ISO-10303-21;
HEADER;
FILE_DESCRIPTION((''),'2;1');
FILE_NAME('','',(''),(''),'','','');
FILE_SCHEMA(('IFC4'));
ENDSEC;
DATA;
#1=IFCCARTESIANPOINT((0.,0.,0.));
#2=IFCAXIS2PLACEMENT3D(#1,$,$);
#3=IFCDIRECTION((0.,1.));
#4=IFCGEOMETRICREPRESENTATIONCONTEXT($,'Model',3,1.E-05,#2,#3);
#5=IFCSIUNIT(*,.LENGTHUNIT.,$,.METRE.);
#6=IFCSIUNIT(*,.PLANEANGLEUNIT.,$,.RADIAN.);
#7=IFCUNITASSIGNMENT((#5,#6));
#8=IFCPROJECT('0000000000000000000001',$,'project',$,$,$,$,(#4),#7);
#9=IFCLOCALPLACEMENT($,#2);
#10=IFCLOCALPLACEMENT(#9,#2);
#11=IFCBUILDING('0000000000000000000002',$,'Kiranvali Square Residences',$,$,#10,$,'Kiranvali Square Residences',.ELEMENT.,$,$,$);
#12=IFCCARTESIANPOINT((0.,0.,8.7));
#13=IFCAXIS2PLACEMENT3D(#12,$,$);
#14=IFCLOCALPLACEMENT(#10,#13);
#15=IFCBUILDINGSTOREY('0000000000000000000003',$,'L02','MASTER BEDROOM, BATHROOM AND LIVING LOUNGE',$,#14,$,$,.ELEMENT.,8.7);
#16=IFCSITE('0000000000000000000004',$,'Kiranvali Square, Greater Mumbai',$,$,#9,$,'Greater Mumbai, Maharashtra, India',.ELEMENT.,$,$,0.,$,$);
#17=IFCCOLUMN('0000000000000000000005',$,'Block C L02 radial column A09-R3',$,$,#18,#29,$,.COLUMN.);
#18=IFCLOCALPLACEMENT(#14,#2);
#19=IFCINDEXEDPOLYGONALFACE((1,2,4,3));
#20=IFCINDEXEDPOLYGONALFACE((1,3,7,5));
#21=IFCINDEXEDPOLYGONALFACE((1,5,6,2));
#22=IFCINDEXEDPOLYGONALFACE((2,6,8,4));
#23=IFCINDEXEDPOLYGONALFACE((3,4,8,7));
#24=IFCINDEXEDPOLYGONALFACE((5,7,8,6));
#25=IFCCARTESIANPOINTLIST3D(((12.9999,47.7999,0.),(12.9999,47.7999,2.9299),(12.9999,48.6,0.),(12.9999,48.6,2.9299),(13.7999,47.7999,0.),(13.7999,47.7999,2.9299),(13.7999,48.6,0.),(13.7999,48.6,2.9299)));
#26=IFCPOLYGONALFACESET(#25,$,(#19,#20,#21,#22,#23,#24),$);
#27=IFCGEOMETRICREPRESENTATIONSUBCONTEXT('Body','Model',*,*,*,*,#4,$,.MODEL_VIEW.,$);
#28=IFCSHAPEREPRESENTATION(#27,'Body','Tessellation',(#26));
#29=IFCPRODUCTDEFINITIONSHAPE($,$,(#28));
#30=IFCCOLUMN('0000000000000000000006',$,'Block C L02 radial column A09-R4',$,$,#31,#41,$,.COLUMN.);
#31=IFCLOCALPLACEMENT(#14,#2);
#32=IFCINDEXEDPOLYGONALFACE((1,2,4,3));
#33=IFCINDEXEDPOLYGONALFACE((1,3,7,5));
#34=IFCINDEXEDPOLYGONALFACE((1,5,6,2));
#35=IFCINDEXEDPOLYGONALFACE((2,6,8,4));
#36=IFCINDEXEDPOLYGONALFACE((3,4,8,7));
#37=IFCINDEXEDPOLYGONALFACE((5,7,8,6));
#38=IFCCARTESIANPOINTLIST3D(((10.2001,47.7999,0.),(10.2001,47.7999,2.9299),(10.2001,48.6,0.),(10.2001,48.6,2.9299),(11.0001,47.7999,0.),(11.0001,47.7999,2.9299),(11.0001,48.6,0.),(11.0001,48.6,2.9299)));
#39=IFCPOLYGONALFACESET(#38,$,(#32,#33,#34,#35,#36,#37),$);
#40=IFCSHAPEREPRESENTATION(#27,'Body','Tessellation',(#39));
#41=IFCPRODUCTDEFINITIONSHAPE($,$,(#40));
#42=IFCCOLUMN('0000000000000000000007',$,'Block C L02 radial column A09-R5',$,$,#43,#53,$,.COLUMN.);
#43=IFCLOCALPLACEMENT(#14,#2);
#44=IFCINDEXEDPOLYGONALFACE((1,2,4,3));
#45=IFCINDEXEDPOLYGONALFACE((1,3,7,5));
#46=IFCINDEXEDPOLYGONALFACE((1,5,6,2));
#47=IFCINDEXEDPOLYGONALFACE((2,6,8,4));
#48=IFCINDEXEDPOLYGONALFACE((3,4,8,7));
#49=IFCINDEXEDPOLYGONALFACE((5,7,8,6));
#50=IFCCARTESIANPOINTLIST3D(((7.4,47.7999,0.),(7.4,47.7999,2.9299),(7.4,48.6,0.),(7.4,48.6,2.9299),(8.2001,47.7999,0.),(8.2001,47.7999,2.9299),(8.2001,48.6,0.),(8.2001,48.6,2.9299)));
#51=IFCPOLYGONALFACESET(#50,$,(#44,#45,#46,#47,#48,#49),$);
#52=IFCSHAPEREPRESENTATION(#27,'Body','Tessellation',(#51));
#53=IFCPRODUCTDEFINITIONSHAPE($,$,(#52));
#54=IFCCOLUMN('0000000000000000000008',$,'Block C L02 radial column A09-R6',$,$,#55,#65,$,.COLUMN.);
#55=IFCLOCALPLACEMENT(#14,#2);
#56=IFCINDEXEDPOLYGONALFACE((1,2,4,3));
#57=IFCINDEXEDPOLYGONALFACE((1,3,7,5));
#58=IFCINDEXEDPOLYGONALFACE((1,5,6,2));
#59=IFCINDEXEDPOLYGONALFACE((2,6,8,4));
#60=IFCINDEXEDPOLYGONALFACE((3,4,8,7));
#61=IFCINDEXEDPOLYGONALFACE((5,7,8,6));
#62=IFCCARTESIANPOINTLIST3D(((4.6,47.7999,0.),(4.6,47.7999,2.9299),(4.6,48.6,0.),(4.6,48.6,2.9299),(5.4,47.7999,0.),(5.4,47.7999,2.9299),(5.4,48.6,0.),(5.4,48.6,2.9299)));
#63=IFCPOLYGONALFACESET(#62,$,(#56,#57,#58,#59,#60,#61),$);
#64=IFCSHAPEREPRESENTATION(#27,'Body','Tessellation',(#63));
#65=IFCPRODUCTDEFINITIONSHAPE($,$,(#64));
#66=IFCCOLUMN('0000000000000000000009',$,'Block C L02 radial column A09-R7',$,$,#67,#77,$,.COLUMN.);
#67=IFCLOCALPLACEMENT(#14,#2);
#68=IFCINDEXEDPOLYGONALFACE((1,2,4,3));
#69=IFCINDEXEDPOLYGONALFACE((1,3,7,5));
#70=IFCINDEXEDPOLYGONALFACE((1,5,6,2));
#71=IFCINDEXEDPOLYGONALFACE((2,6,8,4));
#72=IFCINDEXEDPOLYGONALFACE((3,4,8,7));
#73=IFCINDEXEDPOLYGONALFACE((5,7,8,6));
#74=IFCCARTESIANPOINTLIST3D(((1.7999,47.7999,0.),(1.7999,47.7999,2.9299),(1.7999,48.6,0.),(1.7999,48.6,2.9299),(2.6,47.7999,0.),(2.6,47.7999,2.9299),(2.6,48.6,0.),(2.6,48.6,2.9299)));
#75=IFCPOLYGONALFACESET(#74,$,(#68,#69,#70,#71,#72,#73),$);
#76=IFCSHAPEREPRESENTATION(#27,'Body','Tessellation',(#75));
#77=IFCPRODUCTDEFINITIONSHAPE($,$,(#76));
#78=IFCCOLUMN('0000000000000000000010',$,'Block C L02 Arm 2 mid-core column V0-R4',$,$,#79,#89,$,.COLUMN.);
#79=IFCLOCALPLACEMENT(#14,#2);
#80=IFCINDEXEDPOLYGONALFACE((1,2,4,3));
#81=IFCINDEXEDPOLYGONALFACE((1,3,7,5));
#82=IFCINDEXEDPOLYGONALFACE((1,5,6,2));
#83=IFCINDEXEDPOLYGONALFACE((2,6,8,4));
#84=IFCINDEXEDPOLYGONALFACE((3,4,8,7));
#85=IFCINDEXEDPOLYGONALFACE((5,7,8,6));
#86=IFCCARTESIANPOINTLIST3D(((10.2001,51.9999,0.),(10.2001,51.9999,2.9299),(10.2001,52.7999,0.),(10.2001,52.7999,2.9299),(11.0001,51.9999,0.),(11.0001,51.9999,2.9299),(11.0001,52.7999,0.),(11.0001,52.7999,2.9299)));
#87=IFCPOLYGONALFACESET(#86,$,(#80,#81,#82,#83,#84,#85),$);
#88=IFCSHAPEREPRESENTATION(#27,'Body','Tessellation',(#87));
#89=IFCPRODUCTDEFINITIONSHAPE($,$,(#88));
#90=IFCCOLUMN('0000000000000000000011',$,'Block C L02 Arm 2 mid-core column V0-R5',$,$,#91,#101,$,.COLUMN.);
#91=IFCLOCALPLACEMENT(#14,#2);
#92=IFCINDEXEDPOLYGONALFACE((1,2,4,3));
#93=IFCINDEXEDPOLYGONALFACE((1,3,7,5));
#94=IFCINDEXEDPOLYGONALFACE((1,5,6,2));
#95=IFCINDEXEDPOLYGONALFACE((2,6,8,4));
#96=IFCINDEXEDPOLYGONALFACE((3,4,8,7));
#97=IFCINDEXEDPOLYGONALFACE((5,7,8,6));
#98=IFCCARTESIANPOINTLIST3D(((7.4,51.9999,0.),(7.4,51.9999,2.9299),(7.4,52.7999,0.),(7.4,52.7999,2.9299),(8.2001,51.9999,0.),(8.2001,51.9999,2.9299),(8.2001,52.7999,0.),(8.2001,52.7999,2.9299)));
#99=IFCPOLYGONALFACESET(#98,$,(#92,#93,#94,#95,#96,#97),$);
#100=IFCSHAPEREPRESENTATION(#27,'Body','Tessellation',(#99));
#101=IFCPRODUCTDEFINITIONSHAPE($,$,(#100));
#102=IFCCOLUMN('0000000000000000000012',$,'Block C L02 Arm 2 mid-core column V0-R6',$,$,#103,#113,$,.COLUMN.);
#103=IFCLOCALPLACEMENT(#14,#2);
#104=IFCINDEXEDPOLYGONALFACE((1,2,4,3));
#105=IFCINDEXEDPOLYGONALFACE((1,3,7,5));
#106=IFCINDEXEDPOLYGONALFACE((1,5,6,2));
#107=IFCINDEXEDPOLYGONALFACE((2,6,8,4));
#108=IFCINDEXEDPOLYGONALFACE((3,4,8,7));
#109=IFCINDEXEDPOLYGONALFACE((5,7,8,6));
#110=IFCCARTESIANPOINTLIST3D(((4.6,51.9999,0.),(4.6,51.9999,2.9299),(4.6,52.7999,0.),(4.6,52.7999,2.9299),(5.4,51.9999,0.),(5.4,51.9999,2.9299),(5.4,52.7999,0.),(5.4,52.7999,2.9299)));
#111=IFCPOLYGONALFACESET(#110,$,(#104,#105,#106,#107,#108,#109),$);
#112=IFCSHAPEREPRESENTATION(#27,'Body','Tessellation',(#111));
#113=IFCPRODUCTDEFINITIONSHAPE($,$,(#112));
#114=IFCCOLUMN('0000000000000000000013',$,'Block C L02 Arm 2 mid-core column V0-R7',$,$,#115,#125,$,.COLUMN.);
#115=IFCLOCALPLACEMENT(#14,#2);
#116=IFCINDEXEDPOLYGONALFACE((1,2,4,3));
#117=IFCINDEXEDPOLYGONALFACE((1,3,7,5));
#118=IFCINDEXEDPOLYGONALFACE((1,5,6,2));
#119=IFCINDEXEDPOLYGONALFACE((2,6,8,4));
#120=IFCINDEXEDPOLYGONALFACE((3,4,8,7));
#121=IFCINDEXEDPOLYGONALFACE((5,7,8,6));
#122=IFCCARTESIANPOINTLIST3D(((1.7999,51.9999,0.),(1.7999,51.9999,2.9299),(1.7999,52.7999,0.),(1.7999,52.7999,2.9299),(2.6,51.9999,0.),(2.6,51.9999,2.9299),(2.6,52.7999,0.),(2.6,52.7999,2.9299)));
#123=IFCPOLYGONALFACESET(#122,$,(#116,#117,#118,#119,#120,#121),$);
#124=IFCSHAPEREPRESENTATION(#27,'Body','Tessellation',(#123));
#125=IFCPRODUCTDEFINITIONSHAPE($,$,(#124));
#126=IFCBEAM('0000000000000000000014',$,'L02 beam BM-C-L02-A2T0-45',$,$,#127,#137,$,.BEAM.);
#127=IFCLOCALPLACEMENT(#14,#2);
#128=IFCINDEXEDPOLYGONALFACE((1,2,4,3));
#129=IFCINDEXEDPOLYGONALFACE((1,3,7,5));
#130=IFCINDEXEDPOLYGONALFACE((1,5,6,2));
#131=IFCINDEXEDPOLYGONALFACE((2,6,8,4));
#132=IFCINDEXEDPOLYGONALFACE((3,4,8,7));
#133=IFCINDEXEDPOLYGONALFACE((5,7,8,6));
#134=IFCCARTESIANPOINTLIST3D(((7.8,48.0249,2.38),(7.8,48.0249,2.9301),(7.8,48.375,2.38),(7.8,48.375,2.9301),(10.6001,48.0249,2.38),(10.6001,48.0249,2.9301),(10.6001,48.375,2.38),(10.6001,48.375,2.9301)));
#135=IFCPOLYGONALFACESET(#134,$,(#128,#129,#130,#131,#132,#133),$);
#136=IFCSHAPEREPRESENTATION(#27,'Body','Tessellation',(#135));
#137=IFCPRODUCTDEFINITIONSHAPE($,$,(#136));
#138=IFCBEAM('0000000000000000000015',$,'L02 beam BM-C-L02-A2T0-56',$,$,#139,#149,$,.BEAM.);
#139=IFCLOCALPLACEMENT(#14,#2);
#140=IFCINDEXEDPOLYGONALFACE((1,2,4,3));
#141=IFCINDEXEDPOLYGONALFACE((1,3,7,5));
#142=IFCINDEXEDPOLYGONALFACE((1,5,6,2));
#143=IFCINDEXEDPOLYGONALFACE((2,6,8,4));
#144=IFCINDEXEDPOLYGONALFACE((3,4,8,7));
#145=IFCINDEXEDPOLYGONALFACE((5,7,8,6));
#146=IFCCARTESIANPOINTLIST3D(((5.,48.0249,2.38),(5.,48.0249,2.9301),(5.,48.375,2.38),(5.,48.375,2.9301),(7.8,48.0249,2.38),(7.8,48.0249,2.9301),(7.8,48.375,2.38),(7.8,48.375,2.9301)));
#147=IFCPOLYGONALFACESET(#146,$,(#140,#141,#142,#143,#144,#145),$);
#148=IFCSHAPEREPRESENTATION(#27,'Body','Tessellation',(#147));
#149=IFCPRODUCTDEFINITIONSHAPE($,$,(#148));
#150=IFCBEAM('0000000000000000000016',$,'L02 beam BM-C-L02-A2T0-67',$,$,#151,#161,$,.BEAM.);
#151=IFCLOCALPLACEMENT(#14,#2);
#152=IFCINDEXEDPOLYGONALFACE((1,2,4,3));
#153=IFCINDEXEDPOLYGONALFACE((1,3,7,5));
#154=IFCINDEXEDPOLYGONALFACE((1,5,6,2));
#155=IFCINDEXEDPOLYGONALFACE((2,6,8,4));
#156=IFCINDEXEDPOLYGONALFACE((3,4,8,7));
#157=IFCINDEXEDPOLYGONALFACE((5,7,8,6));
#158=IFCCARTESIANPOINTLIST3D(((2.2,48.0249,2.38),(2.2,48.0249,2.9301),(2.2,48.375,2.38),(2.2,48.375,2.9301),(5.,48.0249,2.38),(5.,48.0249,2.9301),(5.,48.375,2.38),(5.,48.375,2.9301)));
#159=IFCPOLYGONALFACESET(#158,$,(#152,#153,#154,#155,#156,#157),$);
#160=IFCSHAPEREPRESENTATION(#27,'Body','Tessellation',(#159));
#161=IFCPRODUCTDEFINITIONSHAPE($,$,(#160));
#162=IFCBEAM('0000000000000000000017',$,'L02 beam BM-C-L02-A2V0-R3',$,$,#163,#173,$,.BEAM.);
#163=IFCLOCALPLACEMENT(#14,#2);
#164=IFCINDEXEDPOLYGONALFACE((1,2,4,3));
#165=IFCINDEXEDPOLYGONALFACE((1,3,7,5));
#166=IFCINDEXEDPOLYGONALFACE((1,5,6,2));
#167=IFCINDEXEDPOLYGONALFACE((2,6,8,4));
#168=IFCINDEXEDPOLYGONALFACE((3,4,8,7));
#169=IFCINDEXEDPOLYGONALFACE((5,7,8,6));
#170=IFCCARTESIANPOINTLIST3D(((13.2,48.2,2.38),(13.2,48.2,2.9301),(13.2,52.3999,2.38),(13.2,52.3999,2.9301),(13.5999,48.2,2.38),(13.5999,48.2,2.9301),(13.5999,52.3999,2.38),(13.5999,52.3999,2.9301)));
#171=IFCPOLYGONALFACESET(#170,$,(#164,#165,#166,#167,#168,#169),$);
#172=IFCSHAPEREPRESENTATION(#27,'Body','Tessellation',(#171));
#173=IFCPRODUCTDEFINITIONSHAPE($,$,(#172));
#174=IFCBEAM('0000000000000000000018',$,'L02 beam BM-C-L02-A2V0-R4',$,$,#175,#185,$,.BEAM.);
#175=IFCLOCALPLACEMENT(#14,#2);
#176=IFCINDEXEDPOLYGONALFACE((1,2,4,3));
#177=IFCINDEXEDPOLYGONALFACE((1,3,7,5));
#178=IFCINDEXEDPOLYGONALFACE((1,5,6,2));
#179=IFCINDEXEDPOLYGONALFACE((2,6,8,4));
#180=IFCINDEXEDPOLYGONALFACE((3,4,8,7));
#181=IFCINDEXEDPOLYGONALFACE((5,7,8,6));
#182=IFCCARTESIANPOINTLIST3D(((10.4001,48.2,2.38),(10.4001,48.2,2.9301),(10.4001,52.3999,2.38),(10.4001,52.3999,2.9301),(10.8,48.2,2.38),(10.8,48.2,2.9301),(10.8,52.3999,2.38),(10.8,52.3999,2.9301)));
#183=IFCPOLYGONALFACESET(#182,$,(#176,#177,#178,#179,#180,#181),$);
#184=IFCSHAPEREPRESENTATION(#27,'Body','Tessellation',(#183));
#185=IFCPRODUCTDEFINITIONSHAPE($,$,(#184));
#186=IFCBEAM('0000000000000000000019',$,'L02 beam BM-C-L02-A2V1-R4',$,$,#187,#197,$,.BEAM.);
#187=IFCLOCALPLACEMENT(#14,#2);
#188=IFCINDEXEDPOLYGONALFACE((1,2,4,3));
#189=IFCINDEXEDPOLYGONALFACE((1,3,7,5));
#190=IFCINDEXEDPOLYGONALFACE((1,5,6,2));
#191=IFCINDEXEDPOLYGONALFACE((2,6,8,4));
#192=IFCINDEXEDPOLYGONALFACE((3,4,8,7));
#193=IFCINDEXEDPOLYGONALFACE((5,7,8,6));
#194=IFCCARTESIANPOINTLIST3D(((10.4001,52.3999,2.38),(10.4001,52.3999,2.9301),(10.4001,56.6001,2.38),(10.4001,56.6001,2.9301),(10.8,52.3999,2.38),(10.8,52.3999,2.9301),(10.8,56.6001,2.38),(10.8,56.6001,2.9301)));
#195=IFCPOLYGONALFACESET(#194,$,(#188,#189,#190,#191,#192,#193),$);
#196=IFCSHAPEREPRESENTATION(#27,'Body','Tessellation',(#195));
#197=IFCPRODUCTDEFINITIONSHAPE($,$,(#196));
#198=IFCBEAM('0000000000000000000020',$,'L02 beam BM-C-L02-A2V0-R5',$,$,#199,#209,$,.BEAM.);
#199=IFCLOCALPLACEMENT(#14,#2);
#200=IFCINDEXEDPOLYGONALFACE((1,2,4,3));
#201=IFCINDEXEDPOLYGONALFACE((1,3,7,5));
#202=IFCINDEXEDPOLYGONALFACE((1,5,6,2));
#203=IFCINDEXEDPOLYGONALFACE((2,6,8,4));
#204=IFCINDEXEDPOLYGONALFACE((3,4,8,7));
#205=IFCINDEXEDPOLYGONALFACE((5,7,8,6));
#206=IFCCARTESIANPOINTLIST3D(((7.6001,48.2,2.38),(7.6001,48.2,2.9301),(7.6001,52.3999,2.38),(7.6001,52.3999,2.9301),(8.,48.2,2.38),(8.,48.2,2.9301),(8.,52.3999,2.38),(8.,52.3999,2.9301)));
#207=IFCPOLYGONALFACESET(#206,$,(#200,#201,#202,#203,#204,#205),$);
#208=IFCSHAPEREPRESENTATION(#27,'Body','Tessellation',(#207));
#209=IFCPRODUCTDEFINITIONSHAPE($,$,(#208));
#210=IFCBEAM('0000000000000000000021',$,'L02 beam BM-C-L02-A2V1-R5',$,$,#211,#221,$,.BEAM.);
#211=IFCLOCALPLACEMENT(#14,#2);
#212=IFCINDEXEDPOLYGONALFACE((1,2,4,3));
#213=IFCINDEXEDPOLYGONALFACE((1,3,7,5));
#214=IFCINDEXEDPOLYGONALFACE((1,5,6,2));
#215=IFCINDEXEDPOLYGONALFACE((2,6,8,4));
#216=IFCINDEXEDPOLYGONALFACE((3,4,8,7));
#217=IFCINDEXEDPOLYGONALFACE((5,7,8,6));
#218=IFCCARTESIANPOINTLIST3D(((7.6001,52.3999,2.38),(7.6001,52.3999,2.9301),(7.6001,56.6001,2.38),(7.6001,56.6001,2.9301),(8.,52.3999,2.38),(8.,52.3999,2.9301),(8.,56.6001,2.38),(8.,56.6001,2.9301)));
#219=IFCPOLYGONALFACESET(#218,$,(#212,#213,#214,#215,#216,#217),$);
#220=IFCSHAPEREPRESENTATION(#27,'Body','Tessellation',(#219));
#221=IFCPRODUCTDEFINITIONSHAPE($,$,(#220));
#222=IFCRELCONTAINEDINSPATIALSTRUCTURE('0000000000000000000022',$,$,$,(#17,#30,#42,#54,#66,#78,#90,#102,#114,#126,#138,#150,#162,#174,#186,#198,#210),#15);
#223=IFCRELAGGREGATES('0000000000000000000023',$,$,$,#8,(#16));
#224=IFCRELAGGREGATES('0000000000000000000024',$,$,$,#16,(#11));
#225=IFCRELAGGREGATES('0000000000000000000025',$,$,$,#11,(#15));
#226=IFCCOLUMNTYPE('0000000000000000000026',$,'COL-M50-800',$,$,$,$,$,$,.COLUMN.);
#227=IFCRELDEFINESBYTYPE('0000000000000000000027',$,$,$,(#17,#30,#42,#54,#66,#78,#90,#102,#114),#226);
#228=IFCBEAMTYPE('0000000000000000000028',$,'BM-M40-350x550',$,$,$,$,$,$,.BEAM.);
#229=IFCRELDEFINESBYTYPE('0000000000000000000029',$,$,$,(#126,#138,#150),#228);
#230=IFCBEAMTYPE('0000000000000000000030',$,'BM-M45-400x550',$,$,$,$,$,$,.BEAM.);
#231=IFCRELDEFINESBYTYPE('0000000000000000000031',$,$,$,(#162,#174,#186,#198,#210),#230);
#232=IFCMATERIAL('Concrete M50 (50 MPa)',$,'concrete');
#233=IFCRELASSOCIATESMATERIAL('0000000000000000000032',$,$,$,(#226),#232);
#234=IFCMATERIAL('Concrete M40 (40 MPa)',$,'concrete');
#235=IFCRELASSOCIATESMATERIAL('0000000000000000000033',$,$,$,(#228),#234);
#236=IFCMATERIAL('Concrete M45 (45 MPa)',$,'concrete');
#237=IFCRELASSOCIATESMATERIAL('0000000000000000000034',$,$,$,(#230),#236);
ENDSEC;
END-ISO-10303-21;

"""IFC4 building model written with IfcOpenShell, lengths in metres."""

from ifc_helpers import new_model, si_unit, direction, frame, origin, origin_2d, place, context, subcontext, project, spatial, rectangle, extrude, material, material_profile, profile_set, type_object, element, save


model = new_model("IFC4")

# Units and contexts
model_context = context("Model", 3, precision=1e-05, world=origin(), true_north=direction((0.0, 1.0)))
body_context = subcontext(model_context, "Body", "Model", "MODEL_VIEW")
ifc_project = project(units=[si_unit("LENGTHUNIT", "METRE"), si_unit("PLANEANGLEUNIT", "RADIAN")], contexts=[model_context])

# Site, building, storey
site_placement = place(None, origin())
site = spatial("IfcSite", under=ifc_project, at=site_placement, Name="Kiranvali Square, Greater Mumbai", LongName="Greater Mumbai, Maharashtra, India", CompositionType="ELEMENT", RefElevation=0.0)
building_placement = place(site_placement, origin())
building = spatial("IfcBuilding", under=site, at=building_placement, Name="Kiranvali Square Residences", LongName="Kiranvali Square Residences", CompositionType="ELEMENT")
storey_placement = place(building_placement, frame((0.0, 0.0, 8.7)))
storey = spatial("IfcBuildingStorey", under=building, at=storey_placement, Name="L02", Description="MASTER BEDROOM, BATHROOM AND LIVING LOUNGE", CompositionType="ELEMENT", Elevation=8.7)

# Columns
ifc_material_1 = material(Name="Concrete M50 (50 MPa)", Category="concrete")
ifc_material_profile_1 = material_profile(ifc_material_1, rectangle(XDim=0.8, YDim=0.8, at=origin_2d()), Name="RC 800x800")
ifc_profile_set_1 = profile_set([ifc_material_profile_1], Name="Concrete M50 (50 MPa)")
column_type = type_object("IfcColumnType", Name="COL-M50-800", PredefinedType="COLUMN", material=ifc_profile_set_1)
for number, where, z_axis, x_axis, name in (
    (1, (13.3999, 48.2, 0.0), (0.0, 0.0, 1.0), (0.0, 1.0, 0.0), "Block C L02 radial column A09-R3"),
    (2, (10.6001, 48.2, 0.0), (0.0, 0.0, 1.0), (0.0, 1.0, 0.0), "Block C L02 radial column A09-R4"),
    (3, (7.8, 48.2, 0.0), (0.0, 0.0, 1.0), (0.0, 1.0, 0.0), "Block C L02 radial column A09-R5"),
    (4, (5.0, 48.2, 0.0), (0.0, 0.0, 1.0), (0.0, 1.0, 0.0), "Block C L02 radial column A09-R6"),
    (5, (2.2, 48.2, 0.0), (0.0, 0.0, 1.0), (0.0, 1.0, 0.0), "Block C L02 radial column A09-R7"),
    (6, (10.6001, 52.3999, 0.0), (0.0, 0.0, 1.0), (1.0, 0.0, 0.0), "Block C L02 Arm 2 mid-core column V0-R4"),
    (7, (7.8, 52.3999, 0.0), (0.0, 0.0, 1.0), (1.0, 0.0, 0.0), "Block C L02 Arm 2 mid-core column V0-R5"),
    (8, (5.0, 52.3999, 0.0), (0.0, 0.0, 1.0), (1.0, 0.0, 0.0), "Block C L02 Arm 2 mid-core column V0-R6"),
    (9, (2.2, 52.3999, 0.0), (0.0, 0.0, 1.0), (1.0, 0.0, 0.0), "Block C L02 Arm 2 mid-core column V0-R7"),
):
    element("IfcColumn", number, at=place(storey_placement, frame(where, z_axis=z_axis, x_axis=x_axis)), inside=storey, type_object=column_type, Name=name, PredefinedType="COLUMN", context=body_context, shape_type="SweptSolid", body=[
        extrude(rectangle(XDim=0.8, YDim=0.8, at=origin_2d()), origin(), (0.0, 0.0, 1.0), 2.9299),
    ])

# Beams
ifc_material_2 = material(Name="Concrete M40 (40 MPa)", Category="concrete")
ifc_material_profile_2 = material_profile(ifc_material_2, rectangle(XDim=0.3501, YDim=0.55, at=origin_2d()), Name="RC 350x550")
ifc_profile_set_2 = profile_set([ifc_material_profile_2], Name="Concrete M40 (40 MPa)")
beam_type_1 = type_object("IfcBeamType", Name="BM-M40-350x550", PredefinedType="BEAM", material=ifc_profile_set_2)
for number, where, z_axis, x_axis, name in (
    (10, (10.6001, 48.2, 2.655), (-1.0, 0.0, 0.0), (0.0, -1.0, 0.0), "L02 beam BM-C-L02-A2T0-45"),
    (11, (7.8, 48.2, 2.655), (-1.0, 0.0, 0.0), (0.0, -1.0, 0.0), "L02 beam BM-C-L02-A2T0-56"),
    (12, (5.0, 48.2, 2.655), (-1.0, 0.0, 0.0), (0.0, -1.0, 0.0), "L02 beam BM-C-L02-A2T0-67"),
):
    element("IfcBeam", number, at=place(storey_placement, frame(where, z_axis=z_axis, x_axis=x_axis)), inside=storey, type_object=beam_type_1, Name=name, PredefinedType="BEAM", context=body_context, shape_type="SweptSolid", body=[
        extrude(rectangle(XDim=0.3501, YDim=0.55, at=origin_2d()), origin(), (0.0, 0.0, 1.0), 2.8),
    ])
ifc_material_3 = material(Name="Concrete M45 (45 MPa)", Category="concrete")
ifc_material_profile_3 = material_profile(ifc_material_3, rectangle(XDim=0.3999, YDim=0.55, at=origin_2d()), Name="RC 400x550")
ifc_profile_set_3 = profile_set([ifc_material_profile_3], Name="Concrete M45 (45 MPa)")
beam_type_2 = type_object("IfcBeamType", Name="BM-M45-400x550", PredefinedType="BEAM", material=ifc_profile_set_3)
for number, where, z_axis, x_axis, name in (
    (13, (13.3999, 48.2, 2.655), (0.0, 1.0, 0.0), (-1.0, 0.0, 0.0), "L02 beam BM-C-L02-A2V0-R3"),
    (14, (10.6001, 48.2, 2.655), (0.0, 1.0, 0.0), (-1.0, 0.0, 0.0), "L02 beam BM-C-L02-A2V0-R4"),
):
    element("IfcBeam", number, at=place(storey_placement, frame(where, z_axis=z_axis, x_axis=x_axis)), inside=storey, type_object=beam_type_2, Name=name, PredefinedType="BEAM", context=body_context, shape_type="SweptSolid", body=[
        extrude(rectangle(XDim=0.3999, YDim=0.55, at=origin_2d()), origin(), (0.0, 0.0, 1.0), 4.2),
    ])
beam_1_placement = place(storey_placement, frame((10.6001, 52.3999, 2.655), z_axis=(0.0, 1.0, 0.0), x_axis=(-1.0, 0.0, 0.0)))
element("IfcBeam", 15, at=beam_1_placement, inside=storey, type_object=beam_type_2, Name="L02 beam BM-C-L02-A2V1-R4", PredefinedType="BEAM", context=body_context, shape_type="SweptSolid", body=[
    extrude(rectangle(XDim=0.3999, YDim=0.55, at=origin_2d()), origin(), (0.0, 0.0, 1.0), 4.2002),
])
beam_2_placement = place(storey_placement, frame((7.8, 48.2, 2.655), z_axis=(0.0, 1.0, 0.0), x_axis=(-1.0, 0.0, 0.0)))
element("IfcBeam", 16, at=beam_2_placement, inside=storey, type_object=beam_type_2, Name="L02 beam BM-C-L02-A2V0-R5", PredefinedType="BEAM", context=body_context, shape_type="SweptSolid", body=[
    extrude(rectangle(XDim=0.3999, YDim=0.55, at=origin_2d()), origin(), (0.0, 0.0, 1.0), 4.2),
])
beam_3_placement = place(storey_placement, frame((7.8, 52.3999, 2.655), z_axis=(0.0, 1.0, 0.0), x_axis=(-1.0, 0.0, 0.0)))
element("IfcBeam", 17, at=beam_3_placement, inside=storey, type_object=beam_type_2, Name="L02 beam BM-C-L02-A2V1-R5", PredefinedType="BEAM", context=body_context, shape_type="SweptSolid", body=[
    extrude(rectangle(XDim=0.3999, YDim=0.55, at=origin_2d()), origin(), (0.0, 0.0, 1.0), 4.2002),
])

save(model, "model.ifc")
